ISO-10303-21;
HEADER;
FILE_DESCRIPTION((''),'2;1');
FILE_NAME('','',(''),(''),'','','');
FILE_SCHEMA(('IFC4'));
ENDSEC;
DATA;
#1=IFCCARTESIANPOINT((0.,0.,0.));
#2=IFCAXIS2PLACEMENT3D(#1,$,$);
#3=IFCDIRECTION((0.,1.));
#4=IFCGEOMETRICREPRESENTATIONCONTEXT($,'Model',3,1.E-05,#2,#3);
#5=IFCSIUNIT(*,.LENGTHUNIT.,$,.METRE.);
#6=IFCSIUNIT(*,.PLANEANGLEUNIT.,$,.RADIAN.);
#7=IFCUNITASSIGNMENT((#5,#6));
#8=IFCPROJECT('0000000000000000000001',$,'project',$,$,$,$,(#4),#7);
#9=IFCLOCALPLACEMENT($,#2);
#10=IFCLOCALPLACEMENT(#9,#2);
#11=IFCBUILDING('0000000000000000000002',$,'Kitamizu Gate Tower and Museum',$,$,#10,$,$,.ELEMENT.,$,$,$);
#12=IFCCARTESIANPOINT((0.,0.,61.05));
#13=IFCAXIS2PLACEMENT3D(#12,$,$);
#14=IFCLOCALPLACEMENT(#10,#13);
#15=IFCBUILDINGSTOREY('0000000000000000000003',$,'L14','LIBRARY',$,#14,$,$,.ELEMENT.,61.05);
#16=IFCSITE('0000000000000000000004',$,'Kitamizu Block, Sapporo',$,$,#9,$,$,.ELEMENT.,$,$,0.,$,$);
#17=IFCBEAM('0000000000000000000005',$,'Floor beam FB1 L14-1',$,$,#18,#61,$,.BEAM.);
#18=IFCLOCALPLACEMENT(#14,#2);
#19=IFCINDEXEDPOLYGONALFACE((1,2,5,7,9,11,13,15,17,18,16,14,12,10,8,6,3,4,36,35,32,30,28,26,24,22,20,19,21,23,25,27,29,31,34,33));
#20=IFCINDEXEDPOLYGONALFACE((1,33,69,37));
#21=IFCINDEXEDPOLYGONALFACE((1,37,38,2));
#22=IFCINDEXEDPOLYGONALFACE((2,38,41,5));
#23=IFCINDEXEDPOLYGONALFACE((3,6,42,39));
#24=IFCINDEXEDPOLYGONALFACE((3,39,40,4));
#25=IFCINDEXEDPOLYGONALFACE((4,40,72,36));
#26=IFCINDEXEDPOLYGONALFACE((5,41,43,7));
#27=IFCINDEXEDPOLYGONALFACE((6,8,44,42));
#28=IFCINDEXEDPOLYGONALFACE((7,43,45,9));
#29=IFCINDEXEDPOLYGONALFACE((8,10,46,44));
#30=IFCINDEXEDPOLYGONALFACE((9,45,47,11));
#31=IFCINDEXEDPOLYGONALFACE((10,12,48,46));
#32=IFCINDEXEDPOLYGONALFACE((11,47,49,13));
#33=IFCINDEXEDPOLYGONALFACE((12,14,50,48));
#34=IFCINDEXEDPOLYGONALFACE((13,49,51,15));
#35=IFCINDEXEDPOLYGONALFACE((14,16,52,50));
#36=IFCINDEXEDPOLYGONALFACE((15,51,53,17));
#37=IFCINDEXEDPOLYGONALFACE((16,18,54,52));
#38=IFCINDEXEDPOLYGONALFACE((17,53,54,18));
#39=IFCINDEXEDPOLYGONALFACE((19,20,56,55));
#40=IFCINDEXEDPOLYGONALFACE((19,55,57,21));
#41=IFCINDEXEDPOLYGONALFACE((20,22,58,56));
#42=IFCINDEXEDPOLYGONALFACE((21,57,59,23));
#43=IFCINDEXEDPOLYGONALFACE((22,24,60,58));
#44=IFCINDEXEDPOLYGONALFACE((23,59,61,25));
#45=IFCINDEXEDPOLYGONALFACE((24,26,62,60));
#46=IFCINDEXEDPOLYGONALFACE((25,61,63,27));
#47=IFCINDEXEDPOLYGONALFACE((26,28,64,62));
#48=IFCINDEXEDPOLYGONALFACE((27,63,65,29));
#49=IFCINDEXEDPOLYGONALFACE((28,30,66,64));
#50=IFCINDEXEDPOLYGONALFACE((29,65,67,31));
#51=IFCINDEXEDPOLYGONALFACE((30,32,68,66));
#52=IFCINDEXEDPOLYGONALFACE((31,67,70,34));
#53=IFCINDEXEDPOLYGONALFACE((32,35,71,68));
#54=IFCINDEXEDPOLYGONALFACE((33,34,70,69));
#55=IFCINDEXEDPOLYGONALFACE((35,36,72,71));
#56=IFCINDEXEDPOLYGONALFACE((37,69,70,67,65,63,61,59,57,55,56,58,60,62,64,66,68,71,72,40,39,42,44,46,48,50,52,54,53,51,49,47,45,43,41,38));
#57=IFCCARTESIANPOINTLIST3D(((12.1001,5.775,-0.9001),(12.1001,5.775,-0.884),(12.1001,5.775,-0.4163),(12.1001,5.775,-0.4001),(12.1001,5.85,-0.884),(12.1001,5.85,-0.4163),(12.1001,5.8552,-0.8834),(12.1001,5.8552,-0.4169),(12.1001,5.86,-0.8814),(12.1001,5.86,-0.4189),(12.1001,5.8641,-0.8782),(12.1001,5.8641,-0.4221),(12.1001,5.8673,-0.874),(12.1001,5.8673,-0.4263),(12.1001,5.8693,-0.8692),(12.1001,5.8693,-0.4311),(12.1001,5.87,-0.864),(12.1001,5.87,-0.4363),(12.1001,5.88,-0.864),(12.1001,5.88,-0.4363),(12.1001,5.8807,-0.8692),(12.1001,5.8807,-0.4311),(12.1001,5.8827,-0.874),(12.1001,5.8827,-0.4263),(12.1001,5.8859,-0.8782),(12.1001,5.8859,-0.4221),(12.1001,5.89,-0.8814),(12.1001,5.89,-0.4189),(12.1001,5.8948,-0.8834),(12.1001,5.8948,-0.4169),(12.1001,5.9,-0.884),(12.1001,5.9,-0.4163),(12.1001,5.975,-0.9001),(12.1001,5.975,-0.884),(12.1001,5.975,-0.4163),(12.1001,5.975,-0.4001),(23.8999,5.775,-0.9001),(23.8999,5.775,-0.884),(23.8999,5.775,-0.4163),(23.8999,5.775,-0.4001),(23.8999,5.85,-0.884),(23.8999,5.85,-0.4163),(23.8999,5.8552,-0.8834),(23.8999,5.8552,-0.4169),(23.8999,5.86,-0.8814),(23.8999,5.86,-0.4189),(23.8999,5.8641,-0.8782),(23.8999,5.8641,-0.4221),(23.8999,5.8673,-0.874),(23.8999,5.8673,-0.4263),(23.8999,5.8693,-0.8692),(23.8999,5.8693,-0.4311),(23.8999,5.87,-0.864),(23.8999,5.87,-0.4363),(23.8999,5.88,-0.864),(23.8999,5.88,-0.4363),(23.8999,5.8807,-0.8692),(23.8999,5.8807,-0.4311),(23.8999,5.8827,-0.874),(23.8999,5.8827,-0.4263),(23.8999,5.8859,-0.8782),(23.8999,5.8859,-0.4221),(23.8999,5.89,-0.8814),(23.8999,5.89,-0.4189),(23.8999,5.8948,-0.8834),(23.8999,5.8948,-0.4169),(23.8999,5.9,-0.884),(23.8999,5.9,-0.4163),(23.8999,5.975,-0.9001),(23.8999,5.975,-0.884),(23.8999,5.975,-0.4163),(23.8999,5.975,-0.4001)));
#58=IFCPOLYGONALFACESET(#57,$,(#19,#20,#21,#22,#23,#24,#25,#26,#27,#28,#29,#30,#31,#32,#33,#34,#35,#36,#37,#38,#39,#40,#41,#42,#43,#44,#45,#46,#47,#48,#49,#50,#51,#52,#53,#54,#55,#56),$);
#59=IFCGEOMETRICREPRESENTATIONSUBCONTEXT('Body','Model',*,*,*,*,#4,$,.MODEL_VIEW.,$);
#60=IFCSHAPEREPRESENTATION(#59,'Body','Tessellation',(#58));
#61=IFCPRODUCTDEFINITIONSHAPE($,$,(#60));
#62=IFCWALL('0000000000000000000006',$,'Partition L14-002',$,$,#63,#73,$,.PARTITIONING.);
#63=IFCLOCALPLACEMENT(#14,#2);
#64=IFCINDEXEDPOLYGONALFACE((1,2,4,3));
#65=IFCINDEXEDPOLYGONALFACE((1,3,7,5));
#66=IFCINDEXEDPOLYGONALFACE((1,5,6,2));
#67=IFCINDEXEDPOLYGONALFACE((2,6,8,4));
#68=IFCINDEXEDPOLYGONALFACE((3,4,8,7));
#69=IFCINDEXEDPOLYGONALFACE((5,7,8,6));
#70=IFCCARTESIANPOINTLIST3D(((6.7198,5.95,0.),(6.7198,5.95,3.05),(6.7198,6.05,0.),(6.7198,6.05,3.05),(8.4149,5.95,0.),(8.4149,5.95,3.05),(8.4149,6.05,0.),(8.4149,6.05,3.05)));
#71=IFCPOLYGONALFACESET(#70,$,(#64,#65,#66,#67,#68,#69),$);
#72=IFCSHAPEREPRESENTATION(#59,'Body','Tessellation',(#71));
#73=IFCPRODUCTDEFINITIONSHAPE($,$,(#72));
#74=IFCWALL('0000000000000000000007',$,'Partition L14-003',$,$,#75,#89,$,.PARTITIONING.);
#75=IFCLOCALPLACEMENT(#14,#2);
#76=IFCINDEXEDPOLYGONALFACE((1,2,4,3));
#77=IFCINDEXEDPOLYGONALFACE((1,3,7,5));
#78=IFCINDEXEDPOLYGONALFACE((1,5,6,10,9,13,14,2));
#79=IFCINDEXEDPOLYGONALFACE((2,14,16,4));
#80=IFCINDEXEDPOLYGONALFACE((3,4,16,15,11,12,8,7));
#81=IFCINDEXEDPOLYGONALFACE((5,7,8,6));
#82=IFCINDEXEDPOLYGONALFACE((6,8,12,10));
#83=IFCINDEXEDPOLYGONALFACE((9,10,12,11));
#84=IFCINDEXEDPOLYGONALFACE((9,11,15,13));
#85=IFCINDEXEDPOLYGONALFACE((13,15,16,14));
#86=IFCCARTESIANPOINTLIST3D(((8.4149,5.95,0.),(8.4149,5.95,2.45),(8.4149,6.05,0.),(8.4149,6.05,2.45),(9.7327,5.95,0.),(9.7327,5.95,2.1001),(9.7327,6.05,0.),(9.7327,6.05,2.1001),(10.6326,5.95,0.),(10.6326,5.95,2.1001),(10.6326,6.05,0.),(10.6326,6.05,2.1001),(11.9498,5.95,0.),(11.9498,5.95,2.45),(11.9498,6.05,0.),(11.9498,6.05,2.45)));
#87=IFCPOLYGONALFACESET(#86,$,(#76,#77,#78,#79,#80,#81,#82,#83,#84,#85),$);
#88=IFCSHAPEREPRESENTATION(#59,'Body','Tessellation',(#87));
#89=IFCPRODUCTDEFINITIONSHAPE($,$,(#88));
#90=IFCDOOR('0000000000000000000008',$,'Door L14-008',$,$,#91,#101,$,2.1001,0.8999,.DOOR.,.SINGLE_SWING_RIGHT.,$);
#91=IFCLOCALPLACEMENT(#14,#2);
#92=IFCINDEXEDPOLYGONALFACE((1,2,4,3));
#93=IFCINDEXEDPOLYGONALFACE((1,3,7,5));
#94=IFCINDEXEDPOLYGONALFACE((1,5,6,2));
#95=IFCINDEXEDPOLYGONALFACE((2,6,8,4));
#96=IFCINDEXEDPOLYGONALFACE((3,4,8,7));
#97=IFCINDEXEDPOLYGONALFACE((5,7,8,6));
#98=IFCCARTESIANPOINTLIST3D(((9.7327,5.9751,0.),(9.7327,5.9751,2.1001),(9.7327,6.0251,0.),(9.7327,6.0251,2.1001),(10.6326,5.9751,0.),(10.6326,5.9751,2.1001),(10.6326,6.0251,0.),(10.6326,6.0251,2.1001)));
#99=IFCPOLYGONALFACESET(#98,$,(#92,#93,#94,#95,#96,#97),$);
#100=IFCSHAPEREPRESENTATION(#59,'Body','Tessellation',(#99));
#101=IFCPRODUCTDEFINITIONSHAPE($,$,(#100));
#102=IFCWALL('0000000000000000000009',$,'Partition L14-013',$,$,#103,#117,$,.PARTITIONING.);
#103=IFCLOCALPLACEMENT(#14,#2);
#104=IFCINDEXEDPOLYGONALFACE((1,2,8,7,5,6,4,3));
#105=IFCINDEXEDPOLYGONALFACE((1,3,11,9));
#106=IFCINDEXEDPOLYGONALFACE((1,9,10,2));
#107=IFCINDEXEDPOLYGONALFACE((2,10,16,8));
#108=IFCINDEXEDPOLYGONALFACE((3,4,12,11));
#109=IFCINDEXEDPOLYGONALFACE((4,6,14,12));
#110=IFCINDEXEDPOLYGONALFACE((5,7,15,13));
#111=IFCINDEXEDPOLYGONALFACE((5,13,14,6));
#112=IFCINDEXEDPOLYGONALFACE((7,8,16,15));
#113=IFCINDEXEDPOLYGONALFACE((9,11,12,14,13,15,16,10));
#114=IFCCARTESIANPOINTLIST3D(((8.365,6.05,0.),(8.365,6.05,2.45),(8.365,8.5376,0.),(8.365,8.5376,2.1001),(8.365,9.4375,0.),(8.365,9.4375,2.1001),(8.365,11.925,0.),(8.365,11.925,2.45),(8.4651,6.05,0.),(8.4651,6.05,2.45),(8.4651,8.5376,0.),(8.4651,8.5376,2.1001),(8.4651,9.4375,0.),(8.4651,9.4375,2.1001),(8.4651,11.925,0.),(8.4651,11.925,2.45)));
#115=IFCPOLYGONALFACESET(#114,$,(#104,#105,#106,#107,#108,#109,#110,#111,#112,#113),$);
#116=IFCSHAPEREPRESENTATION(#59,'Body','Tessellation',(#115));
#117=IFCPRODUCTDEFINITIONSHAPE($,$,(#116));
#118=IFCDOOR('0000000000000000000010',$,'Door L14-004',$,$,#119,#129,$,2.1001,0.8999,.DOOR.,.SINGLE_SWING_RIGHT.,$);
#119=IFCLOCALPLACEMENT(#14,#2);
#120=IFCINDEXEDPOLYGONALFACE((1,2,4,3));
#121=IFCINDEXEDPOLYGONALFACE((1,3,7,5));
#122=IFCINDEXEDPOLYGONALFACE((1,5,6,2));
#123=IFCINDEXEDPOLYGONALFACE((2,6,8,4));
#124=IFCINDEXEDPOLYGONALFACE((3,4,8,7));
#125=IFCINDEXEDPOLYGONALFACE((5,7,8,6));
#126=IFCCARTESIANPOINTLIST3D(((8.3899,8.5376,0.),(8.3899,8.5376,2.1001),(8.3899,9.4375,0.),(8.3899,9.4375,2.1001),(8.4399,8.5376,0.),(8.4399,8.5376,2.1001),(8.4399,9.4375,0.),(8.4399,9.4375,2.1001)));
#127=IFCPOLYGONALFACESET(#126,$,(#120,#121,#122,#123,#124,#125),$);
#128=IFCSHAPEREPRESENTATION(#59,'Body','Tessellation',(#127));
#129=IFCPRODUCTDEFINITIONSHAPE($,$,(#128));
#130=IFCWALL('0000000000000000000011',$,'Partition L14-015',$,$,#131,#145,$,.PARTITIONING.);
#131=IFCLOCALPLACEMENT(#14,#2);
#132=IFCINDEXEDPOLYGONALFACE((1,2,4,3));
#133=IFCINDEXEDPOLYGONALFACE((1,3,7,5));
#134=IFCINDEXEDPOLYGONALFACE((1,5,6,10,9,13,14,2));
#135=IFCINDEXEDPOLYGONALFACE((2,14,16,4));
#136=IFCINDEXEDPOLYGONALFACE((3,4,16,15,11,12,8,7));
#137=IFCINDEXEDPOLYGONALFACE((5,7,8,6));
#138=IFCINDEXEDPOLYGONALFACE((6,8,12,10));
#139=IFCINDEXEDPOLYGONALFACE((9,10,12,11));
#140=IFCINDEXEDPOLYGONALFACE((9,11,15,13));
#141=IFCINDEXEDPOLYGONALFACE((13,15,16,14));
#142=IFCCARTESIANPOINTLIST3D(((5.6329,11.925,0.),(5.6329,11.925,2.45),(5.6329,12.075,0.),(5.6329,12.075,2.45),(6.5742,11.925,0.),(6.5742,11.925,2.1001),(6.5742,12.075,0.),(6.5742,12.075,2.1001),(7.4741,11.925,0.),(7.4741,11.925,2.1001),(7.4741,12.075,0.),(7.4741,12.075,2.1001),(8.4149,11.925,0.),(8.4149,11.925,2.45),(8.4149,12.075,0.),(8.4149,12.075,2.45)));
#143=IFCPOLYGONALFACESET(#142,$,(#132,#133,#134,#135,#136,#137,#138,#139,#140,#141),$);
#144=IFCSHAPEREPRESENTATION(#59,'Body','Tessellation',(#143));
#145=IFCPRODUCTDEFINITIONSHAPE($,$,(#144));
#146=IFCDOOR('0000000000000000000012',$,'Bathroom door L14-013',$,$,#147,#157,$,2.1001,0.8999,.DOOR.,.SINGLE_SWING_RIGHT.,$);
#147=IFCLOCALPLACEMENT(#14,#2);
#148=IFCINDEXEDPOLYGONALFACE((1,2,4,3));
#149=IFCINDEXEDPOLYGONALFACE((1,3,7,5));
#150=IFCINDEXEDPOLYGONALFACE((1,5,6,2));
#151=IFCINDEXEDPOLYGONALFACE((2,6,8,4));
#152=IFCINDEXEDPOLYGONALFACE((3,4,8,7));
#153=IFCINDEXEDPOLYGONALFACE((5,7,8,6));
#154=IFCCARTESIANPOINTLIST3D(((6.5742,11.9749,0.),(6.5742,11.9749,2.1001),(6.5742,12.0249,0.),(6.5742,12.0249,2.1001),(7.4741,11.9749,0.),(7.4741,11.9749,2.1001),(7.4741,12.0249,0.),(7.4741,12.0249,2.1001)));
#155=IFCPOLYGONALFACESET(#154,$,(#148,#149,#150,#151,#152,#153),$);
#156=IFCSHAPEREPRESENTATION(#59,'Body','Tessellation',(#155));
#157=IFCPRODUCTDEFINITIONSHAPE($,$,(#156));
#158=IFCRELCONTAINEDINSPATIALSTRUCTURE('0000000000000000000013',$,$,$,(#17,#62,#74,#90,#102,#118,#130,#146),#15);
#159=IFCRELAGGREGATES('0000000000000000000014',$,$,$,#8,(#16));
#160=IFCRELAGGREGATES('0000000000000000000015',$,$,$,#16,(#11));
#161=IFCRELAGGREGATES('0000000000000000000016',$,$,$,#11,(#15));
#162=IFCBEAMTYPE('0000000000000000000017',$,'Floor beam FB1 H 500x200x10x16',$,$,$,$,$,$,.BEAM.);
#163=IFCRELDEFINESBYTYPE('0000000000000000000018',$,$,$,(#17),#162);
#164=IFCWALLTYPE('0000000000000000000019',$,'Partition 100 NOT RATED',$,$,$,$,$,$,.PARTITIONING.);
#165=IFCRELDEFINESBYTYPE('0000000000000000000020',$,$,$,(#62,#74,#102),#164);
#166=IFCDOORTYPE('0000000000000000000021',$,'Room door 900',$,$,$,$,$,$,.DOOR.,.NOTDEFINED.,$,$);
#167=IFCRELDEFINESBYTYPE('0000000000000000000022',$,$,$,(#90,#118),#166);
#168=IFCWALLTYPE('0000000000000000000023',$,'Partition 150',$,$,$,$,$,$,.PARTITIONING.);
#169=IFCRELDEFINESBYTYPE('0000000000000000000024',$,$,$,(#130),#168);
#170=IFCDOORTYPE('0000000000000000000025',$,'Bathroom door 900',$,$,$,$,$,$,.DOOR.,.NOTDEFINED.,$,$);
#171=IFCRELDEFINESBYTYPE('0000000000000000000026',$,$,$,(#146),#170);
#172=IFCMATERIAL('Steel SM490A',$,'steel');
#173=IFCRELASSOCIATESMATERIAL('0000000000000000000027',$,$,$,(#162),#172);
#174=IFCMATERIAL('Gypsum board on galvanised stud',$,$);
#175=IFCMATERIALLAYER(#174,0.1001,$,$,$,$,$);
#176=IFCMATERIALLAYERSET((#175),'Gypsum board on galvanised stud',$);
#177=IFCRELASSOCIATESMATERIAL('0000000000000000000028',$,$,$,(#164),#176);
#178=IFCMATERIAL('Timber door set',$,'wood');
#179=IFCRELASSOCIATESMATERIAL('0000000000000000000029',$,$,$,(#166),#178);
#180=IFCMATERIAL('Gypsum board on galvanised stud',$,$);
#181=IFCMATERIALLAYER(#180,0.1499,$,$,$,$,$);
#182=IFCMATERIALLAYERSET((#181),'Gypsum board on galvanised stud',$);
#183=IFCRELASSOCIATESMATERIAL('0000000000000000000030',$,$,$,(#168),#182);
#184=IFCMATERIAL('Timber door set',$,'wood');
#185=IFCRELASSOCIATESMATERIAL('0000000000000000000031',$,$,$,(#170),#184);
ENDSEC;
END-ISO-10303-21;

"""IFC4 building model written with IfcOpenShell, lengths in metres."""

from ifc_helpers import new_model, si_unit, direction, frame, frame_2d, origin, origin_2d, place, context, subcontext, project, spatial, rectangle, i_section, extrude, material, layer, layer_set, material_profile, profile_set, type_object, element, fill, save


model = new_model("IFC4")

# Units and contexts
model_context = context("Model", 3, precision=1e-05, world=origin(), true_north=direction((0.0, 1.0)))
body_context = subcontext(model_context, "Body", "Model", "MODEL_VIEW")
ifc_project = project(units=[si_unit("LENGTHUNIT", "METRE"), si_unit("PLANEANGLEUNIT", "RADIAN")], contexts=[model_context])

# Site, building, storey
site_placement = place(None, origin())
site = spatial("IfcSite", under=ifc_project, at=site_placement, Name="Kitamizu Block, Sapporo", CompositionType="ELEMENT", RefElevation=0.0)
building_placement = place(site_placement, origin())
building = spatial("IfcBuilding", under=site, at=building_placement, Name="Kitamizu Gate Tower and Museum", CompositionType="ELEMENT")
storey_placement = place(building_placement, frame((0.0, 0.0, 61.05)))
storey = spatial("IfcBuildingStorey", under=building, at=storey_placement, Name="L14", Description="LIBRARY", CompositionType="ELEMENT", Elevation=61.05)

# Beam
ifc_material_1 = material(Name="Steel SM490A", Category="steel")
ifc_material_profile = material_profile(ifc_material_1, i_section(OverallWidth=0.2, OverallDepth=0.5, WebThickness=0.01, FlangeThickness=0.0161, FilletRadius=0.02, at=origin_2d()), Name="H-500x200x10x16")
ifc_profile_set = profile_set([ifc_material_profile], Name="Steel SM490A")
beam_type = type_object("IfcBeamType", Name="Floor beam FB1 H 500x200x10x16", PredefinedType="BEAM", material=ifc_profile_set)
beam_placement = place(storey_placement, frame((12.1001, 5.875, -0.6501), z_axis=(1.0, 0.0, 0.0), x_axis=(0.0, 1.0, 0.0)))
element("IfcBeam", 1, at=beam_placement, inside=storey, type_object=beam_type, Name="Floor beam FB1 L14-1", PredefinedType="BEAM", context=body_context, shape_type="SweptSolid", body=[
    extrude(i_section(OverallWidth=0.2, OverallDepth=0.5, WebThickness=0.01, FlangeThickness=0.0161, FilletRadius=0.02, at=origin_2d()), origin(), (0.0, 0.0, 1.0), 11.7998),
])

# Wall
ifc_material_2 = material(Name="Gypsum board on galvanised stud")
ifc_layer_1 = layer(ifc_material_2, 0.1001)
ifc_layer_set_1 = layer_set([ifc_layer_1], Name="Gypsum board on galvanised stud")
wall_type_1 = type_object("IfcWallType", Name="Partition 100 NOT RATED", PredefinedType="PARTITIONING", material=ifc_layer_set_1)
wall_1_placement = place(storey_placement, frame((8.415, 6.0, 0.0), z_axis=(0.0, 0.0, 1.0), x_axis=(-1.0, 0.0, 0.0)))
element("IfcWall", 2, at=wall_1_placement, inside=storey, type_object=wall_type_1, Name="Partition L14-002", PredefinedType="PARTITIONING", context=body_context, shape_type="SweptSolid", body=[
    extrude(rectangle(XDim=1.6951, YDim=0.1001, at=frame_2d((0.8477, 0.0))), origin(), (0.0, 0.0, 1.0), 3.05),
])

# Walls, openings, doors
wall_2_placement = place(storey_placement, frame((11.95, 6.0, 0.0), z_axis=(0.0, 0.0, 1.0), x_axis=(-1.0, 0.0, 0.0)))
wall_2 = element("IfcWall", 3, at=wall_2_placement, inside=storey, type_object=wall_type_1, Name="Partition L14-003", PredefinedType="PARTITIONING", context=body_context, shape_type="SweptSolid", body=[
    extrude(rectangle(XDim=3.5349, YDim=0.1001, at=frame_2d((1.7676, 0.0))), origin(), (0.0, 0.0, 1.0), 2.45),
])
opening_1_placement = place(wall_2_placement, frame((1.3174, 0.0, 0.0)))
opening_1 = element("IfcOpeningElement", 4, at=opening_1_placement, cuts=wall_2, PredefinedType="OPENING", context=body_context, shape_type="SweptSolid", body=[
    extrude(rectangle(XDim=0.8999, YDim=2.1001, at=frame_2d((0.45, 1.05))), frame((0.0, 0.0601, 0.0), z_axis=(0.0, -1.0, 0.0), x_axis=(1.0, 0.0, 0.0)), (0.0, 0.0, 1.0), 0.1201),
])
ifc_material_3 = material(Name="Timber door set", Category="wood")
door_type_1 = type_object("IfcDoorType", Name="Room door 900", OperationType="NOTDEFINED", PredefinedType="DOOR", material=ifc_material_3)
door_1_placement = place(opening_1_placement, origin())
door_1 = element("IfcDoor", 5, at=door_1_placement, inside=storey, type_object=door_type_1, Name="Door L14-008", OperationType="SINGLE_SWING_RIGHT", OverallHeight=2.1001, OverallWidth=0.8999, PredefinedType="DOOR", context=body_context, shape_type="SweptSolid", body=[
    extrude(rectangle(XDim=0.8999, YDim=2.1001, at=frame_2d((0.45, 1.05))), frame((0.0, 0.0249, 0.0), z_axis=(0.0, -1.0, 0.0), x_axis=(1.0, 0.0, 0.0)), (0.0, 0.0, 1.0), 0.05),
])
fill(opening_1, door_1)
wall_3_placement = place(storey_placement, frame((8.415, 6.05, 0.0), z_axis=(0.0, 0.0, 1.0), x_axis=(0.0, 1.0, 0.0)))
wall_3 = element("IfcWall", 6, at=wall_3_placement, inside=storey, type_object=wall_type_1, Name="Partition L14-013", PredefinedType="PARTITIONING", context=body_context, shape_type="SweptSolid", body=[
    extrude(rectangle(XDim=5.875, YDim=0.1001, at=frame_2d((2.9375, 0.0))), origin(), (0.0, 0.0, 1.0), 2.45),
])
opening_2_placement = place(wall_3_placement, frame((2.4875, 0.0, 0.0)))
opening_2 = element("IfcOpeningElement", 7, at=opening_2_placement, cuts=wall_3, PredefinedType="OPENING", context=body_context, shape_type="SweptSolid", body=[
    extrude(rectangle(XDim=0.8999, YDim=2.1001, at=frame_2d((0.45, 1.05))), frame((0.0, 0.0601, 0.0), z_axis=(0.0, -1.0, 0.0), x_axis=(1.0, 0.0, 0.0)), (0.0, 0.0, 1.0), 0.1201),
])
door_2_placement = place(opening_2_placement, frame((0.8999, 0.0, 0.0), x_axis=(-1.0, 0.0, 0.0)))
door_2 = element("IfcDoor", 8, at=door_2_placement, inside=storey, type_object=door_type_1, Name="Door L14-004", OperationType="SINGLE_SWING_RIGHT", OverallHeight=2.1001, OverallWidth=0.8999, PredefinedType="DOOR", context=body_context, shape_type="SweptSolid", body=[
    extrude(rectangle(XDim=0.8999, YDim=2.1001, at=frame_2d((0.45, 1.05))), frame((0.0, 0.0249, 0.0), z_axis=(0.0, -1.0, 0.0), x_axis=(1.0, 0.0, 0.0)), (0.0, 0.0, 1.0), 0.05),
])
fill(opening_2, door_2)
ifc_material_4 = material(Name="Gypsum board on galvanised stud")
ifc_layer_2 = layer(ifc_material_4, 0.1499)
ifc_layer_set_2 = layer_set([ifc_layer_2], Name="Gypsum board on galvanised stud")
wall_type_2 = type_object("IfcWallType", Name="Partition 150", PredefinedType="PARTITIONING", material=ifc_layer_set_2)
wall_4_placement = place(storey_placement, frame((8.415, 12.0, 0.0), z_axis=(0.0, 0.0, 1.0), x_axis=(-1.0, 0.0, 0.0)))
wall_4 = element("IfcWall", 9, at=wall_4_placement, inside=storey, type_object=wall_type_2, Name="Partition L14-015", PredefinedType="PARTITIONING", context=body_context, shape_type="SweptSolid", body=[
    extrude(rectangle(XDim=2.782, YDim=0.1499, at=frame_2d((1.3911, 0.0))), origin(), (0.0, 0.0, 1.0), 2.45),
])
opening_3_placement = place(wall_4_placement, frame((0.9409, 0.0, 0.0)))
opening_3 = element("IfcOpeningElement", 10, at=opening_3_placement, cuts=wall_4, PredefinedType="OPENING", context=body_context, shape_type="SweptSolid", body=[
    extrude(rectangle(XDim=0.8999, YDim=2.1001, at=frame_2d((0.45, 1.05))), frame((0.0, 0.085, 0.0), z_axis=(0.0, -1.0, 0.0), x_axis=(1.0, 0.0, 0.0)), (0.0, 0.0, 1.0), 0.1699),
])
ifc_material_5 = material(Name="Timber door set", Category="wood")
door_type_2 = type_object("IfcDoorType", Name="Bathroom door 900", OperationType="NOTDEFINED", PredefinedType="DOOR", material=ifc_material_5)
door_3_placement = place(opening_3_placement, frame((0.8999, 0.0, 0.0), x_axis=(-1.0, 0.0, 0.0)))
door_3 = element("IfcDoor", 11, at=door_3_placement, inside=storey, type_object=door_type_2, Name="Bathroom door L14-013", OperationType="SINGLE_SWING_RIGHT", OverallHeight=2.1001, OverallWidth=0.8999, PredefinedType="DOOR", context=body_context, shape_type="SweptSolid", body=[
    extrude(rectangle(XDim=0.8999, YDim=2.1001, at=frame_2d((0.45, 1.05))), frame((0.0, 0.0249, 0.0), z_axis=(0.0, -1.0, 0.0), x_axis=(1.0, 0.0, 0.0)), (0.0, 0.0, 1.0), 0.05),
])
fill(opening_3, door_3)

save(model, "model.ifc")
